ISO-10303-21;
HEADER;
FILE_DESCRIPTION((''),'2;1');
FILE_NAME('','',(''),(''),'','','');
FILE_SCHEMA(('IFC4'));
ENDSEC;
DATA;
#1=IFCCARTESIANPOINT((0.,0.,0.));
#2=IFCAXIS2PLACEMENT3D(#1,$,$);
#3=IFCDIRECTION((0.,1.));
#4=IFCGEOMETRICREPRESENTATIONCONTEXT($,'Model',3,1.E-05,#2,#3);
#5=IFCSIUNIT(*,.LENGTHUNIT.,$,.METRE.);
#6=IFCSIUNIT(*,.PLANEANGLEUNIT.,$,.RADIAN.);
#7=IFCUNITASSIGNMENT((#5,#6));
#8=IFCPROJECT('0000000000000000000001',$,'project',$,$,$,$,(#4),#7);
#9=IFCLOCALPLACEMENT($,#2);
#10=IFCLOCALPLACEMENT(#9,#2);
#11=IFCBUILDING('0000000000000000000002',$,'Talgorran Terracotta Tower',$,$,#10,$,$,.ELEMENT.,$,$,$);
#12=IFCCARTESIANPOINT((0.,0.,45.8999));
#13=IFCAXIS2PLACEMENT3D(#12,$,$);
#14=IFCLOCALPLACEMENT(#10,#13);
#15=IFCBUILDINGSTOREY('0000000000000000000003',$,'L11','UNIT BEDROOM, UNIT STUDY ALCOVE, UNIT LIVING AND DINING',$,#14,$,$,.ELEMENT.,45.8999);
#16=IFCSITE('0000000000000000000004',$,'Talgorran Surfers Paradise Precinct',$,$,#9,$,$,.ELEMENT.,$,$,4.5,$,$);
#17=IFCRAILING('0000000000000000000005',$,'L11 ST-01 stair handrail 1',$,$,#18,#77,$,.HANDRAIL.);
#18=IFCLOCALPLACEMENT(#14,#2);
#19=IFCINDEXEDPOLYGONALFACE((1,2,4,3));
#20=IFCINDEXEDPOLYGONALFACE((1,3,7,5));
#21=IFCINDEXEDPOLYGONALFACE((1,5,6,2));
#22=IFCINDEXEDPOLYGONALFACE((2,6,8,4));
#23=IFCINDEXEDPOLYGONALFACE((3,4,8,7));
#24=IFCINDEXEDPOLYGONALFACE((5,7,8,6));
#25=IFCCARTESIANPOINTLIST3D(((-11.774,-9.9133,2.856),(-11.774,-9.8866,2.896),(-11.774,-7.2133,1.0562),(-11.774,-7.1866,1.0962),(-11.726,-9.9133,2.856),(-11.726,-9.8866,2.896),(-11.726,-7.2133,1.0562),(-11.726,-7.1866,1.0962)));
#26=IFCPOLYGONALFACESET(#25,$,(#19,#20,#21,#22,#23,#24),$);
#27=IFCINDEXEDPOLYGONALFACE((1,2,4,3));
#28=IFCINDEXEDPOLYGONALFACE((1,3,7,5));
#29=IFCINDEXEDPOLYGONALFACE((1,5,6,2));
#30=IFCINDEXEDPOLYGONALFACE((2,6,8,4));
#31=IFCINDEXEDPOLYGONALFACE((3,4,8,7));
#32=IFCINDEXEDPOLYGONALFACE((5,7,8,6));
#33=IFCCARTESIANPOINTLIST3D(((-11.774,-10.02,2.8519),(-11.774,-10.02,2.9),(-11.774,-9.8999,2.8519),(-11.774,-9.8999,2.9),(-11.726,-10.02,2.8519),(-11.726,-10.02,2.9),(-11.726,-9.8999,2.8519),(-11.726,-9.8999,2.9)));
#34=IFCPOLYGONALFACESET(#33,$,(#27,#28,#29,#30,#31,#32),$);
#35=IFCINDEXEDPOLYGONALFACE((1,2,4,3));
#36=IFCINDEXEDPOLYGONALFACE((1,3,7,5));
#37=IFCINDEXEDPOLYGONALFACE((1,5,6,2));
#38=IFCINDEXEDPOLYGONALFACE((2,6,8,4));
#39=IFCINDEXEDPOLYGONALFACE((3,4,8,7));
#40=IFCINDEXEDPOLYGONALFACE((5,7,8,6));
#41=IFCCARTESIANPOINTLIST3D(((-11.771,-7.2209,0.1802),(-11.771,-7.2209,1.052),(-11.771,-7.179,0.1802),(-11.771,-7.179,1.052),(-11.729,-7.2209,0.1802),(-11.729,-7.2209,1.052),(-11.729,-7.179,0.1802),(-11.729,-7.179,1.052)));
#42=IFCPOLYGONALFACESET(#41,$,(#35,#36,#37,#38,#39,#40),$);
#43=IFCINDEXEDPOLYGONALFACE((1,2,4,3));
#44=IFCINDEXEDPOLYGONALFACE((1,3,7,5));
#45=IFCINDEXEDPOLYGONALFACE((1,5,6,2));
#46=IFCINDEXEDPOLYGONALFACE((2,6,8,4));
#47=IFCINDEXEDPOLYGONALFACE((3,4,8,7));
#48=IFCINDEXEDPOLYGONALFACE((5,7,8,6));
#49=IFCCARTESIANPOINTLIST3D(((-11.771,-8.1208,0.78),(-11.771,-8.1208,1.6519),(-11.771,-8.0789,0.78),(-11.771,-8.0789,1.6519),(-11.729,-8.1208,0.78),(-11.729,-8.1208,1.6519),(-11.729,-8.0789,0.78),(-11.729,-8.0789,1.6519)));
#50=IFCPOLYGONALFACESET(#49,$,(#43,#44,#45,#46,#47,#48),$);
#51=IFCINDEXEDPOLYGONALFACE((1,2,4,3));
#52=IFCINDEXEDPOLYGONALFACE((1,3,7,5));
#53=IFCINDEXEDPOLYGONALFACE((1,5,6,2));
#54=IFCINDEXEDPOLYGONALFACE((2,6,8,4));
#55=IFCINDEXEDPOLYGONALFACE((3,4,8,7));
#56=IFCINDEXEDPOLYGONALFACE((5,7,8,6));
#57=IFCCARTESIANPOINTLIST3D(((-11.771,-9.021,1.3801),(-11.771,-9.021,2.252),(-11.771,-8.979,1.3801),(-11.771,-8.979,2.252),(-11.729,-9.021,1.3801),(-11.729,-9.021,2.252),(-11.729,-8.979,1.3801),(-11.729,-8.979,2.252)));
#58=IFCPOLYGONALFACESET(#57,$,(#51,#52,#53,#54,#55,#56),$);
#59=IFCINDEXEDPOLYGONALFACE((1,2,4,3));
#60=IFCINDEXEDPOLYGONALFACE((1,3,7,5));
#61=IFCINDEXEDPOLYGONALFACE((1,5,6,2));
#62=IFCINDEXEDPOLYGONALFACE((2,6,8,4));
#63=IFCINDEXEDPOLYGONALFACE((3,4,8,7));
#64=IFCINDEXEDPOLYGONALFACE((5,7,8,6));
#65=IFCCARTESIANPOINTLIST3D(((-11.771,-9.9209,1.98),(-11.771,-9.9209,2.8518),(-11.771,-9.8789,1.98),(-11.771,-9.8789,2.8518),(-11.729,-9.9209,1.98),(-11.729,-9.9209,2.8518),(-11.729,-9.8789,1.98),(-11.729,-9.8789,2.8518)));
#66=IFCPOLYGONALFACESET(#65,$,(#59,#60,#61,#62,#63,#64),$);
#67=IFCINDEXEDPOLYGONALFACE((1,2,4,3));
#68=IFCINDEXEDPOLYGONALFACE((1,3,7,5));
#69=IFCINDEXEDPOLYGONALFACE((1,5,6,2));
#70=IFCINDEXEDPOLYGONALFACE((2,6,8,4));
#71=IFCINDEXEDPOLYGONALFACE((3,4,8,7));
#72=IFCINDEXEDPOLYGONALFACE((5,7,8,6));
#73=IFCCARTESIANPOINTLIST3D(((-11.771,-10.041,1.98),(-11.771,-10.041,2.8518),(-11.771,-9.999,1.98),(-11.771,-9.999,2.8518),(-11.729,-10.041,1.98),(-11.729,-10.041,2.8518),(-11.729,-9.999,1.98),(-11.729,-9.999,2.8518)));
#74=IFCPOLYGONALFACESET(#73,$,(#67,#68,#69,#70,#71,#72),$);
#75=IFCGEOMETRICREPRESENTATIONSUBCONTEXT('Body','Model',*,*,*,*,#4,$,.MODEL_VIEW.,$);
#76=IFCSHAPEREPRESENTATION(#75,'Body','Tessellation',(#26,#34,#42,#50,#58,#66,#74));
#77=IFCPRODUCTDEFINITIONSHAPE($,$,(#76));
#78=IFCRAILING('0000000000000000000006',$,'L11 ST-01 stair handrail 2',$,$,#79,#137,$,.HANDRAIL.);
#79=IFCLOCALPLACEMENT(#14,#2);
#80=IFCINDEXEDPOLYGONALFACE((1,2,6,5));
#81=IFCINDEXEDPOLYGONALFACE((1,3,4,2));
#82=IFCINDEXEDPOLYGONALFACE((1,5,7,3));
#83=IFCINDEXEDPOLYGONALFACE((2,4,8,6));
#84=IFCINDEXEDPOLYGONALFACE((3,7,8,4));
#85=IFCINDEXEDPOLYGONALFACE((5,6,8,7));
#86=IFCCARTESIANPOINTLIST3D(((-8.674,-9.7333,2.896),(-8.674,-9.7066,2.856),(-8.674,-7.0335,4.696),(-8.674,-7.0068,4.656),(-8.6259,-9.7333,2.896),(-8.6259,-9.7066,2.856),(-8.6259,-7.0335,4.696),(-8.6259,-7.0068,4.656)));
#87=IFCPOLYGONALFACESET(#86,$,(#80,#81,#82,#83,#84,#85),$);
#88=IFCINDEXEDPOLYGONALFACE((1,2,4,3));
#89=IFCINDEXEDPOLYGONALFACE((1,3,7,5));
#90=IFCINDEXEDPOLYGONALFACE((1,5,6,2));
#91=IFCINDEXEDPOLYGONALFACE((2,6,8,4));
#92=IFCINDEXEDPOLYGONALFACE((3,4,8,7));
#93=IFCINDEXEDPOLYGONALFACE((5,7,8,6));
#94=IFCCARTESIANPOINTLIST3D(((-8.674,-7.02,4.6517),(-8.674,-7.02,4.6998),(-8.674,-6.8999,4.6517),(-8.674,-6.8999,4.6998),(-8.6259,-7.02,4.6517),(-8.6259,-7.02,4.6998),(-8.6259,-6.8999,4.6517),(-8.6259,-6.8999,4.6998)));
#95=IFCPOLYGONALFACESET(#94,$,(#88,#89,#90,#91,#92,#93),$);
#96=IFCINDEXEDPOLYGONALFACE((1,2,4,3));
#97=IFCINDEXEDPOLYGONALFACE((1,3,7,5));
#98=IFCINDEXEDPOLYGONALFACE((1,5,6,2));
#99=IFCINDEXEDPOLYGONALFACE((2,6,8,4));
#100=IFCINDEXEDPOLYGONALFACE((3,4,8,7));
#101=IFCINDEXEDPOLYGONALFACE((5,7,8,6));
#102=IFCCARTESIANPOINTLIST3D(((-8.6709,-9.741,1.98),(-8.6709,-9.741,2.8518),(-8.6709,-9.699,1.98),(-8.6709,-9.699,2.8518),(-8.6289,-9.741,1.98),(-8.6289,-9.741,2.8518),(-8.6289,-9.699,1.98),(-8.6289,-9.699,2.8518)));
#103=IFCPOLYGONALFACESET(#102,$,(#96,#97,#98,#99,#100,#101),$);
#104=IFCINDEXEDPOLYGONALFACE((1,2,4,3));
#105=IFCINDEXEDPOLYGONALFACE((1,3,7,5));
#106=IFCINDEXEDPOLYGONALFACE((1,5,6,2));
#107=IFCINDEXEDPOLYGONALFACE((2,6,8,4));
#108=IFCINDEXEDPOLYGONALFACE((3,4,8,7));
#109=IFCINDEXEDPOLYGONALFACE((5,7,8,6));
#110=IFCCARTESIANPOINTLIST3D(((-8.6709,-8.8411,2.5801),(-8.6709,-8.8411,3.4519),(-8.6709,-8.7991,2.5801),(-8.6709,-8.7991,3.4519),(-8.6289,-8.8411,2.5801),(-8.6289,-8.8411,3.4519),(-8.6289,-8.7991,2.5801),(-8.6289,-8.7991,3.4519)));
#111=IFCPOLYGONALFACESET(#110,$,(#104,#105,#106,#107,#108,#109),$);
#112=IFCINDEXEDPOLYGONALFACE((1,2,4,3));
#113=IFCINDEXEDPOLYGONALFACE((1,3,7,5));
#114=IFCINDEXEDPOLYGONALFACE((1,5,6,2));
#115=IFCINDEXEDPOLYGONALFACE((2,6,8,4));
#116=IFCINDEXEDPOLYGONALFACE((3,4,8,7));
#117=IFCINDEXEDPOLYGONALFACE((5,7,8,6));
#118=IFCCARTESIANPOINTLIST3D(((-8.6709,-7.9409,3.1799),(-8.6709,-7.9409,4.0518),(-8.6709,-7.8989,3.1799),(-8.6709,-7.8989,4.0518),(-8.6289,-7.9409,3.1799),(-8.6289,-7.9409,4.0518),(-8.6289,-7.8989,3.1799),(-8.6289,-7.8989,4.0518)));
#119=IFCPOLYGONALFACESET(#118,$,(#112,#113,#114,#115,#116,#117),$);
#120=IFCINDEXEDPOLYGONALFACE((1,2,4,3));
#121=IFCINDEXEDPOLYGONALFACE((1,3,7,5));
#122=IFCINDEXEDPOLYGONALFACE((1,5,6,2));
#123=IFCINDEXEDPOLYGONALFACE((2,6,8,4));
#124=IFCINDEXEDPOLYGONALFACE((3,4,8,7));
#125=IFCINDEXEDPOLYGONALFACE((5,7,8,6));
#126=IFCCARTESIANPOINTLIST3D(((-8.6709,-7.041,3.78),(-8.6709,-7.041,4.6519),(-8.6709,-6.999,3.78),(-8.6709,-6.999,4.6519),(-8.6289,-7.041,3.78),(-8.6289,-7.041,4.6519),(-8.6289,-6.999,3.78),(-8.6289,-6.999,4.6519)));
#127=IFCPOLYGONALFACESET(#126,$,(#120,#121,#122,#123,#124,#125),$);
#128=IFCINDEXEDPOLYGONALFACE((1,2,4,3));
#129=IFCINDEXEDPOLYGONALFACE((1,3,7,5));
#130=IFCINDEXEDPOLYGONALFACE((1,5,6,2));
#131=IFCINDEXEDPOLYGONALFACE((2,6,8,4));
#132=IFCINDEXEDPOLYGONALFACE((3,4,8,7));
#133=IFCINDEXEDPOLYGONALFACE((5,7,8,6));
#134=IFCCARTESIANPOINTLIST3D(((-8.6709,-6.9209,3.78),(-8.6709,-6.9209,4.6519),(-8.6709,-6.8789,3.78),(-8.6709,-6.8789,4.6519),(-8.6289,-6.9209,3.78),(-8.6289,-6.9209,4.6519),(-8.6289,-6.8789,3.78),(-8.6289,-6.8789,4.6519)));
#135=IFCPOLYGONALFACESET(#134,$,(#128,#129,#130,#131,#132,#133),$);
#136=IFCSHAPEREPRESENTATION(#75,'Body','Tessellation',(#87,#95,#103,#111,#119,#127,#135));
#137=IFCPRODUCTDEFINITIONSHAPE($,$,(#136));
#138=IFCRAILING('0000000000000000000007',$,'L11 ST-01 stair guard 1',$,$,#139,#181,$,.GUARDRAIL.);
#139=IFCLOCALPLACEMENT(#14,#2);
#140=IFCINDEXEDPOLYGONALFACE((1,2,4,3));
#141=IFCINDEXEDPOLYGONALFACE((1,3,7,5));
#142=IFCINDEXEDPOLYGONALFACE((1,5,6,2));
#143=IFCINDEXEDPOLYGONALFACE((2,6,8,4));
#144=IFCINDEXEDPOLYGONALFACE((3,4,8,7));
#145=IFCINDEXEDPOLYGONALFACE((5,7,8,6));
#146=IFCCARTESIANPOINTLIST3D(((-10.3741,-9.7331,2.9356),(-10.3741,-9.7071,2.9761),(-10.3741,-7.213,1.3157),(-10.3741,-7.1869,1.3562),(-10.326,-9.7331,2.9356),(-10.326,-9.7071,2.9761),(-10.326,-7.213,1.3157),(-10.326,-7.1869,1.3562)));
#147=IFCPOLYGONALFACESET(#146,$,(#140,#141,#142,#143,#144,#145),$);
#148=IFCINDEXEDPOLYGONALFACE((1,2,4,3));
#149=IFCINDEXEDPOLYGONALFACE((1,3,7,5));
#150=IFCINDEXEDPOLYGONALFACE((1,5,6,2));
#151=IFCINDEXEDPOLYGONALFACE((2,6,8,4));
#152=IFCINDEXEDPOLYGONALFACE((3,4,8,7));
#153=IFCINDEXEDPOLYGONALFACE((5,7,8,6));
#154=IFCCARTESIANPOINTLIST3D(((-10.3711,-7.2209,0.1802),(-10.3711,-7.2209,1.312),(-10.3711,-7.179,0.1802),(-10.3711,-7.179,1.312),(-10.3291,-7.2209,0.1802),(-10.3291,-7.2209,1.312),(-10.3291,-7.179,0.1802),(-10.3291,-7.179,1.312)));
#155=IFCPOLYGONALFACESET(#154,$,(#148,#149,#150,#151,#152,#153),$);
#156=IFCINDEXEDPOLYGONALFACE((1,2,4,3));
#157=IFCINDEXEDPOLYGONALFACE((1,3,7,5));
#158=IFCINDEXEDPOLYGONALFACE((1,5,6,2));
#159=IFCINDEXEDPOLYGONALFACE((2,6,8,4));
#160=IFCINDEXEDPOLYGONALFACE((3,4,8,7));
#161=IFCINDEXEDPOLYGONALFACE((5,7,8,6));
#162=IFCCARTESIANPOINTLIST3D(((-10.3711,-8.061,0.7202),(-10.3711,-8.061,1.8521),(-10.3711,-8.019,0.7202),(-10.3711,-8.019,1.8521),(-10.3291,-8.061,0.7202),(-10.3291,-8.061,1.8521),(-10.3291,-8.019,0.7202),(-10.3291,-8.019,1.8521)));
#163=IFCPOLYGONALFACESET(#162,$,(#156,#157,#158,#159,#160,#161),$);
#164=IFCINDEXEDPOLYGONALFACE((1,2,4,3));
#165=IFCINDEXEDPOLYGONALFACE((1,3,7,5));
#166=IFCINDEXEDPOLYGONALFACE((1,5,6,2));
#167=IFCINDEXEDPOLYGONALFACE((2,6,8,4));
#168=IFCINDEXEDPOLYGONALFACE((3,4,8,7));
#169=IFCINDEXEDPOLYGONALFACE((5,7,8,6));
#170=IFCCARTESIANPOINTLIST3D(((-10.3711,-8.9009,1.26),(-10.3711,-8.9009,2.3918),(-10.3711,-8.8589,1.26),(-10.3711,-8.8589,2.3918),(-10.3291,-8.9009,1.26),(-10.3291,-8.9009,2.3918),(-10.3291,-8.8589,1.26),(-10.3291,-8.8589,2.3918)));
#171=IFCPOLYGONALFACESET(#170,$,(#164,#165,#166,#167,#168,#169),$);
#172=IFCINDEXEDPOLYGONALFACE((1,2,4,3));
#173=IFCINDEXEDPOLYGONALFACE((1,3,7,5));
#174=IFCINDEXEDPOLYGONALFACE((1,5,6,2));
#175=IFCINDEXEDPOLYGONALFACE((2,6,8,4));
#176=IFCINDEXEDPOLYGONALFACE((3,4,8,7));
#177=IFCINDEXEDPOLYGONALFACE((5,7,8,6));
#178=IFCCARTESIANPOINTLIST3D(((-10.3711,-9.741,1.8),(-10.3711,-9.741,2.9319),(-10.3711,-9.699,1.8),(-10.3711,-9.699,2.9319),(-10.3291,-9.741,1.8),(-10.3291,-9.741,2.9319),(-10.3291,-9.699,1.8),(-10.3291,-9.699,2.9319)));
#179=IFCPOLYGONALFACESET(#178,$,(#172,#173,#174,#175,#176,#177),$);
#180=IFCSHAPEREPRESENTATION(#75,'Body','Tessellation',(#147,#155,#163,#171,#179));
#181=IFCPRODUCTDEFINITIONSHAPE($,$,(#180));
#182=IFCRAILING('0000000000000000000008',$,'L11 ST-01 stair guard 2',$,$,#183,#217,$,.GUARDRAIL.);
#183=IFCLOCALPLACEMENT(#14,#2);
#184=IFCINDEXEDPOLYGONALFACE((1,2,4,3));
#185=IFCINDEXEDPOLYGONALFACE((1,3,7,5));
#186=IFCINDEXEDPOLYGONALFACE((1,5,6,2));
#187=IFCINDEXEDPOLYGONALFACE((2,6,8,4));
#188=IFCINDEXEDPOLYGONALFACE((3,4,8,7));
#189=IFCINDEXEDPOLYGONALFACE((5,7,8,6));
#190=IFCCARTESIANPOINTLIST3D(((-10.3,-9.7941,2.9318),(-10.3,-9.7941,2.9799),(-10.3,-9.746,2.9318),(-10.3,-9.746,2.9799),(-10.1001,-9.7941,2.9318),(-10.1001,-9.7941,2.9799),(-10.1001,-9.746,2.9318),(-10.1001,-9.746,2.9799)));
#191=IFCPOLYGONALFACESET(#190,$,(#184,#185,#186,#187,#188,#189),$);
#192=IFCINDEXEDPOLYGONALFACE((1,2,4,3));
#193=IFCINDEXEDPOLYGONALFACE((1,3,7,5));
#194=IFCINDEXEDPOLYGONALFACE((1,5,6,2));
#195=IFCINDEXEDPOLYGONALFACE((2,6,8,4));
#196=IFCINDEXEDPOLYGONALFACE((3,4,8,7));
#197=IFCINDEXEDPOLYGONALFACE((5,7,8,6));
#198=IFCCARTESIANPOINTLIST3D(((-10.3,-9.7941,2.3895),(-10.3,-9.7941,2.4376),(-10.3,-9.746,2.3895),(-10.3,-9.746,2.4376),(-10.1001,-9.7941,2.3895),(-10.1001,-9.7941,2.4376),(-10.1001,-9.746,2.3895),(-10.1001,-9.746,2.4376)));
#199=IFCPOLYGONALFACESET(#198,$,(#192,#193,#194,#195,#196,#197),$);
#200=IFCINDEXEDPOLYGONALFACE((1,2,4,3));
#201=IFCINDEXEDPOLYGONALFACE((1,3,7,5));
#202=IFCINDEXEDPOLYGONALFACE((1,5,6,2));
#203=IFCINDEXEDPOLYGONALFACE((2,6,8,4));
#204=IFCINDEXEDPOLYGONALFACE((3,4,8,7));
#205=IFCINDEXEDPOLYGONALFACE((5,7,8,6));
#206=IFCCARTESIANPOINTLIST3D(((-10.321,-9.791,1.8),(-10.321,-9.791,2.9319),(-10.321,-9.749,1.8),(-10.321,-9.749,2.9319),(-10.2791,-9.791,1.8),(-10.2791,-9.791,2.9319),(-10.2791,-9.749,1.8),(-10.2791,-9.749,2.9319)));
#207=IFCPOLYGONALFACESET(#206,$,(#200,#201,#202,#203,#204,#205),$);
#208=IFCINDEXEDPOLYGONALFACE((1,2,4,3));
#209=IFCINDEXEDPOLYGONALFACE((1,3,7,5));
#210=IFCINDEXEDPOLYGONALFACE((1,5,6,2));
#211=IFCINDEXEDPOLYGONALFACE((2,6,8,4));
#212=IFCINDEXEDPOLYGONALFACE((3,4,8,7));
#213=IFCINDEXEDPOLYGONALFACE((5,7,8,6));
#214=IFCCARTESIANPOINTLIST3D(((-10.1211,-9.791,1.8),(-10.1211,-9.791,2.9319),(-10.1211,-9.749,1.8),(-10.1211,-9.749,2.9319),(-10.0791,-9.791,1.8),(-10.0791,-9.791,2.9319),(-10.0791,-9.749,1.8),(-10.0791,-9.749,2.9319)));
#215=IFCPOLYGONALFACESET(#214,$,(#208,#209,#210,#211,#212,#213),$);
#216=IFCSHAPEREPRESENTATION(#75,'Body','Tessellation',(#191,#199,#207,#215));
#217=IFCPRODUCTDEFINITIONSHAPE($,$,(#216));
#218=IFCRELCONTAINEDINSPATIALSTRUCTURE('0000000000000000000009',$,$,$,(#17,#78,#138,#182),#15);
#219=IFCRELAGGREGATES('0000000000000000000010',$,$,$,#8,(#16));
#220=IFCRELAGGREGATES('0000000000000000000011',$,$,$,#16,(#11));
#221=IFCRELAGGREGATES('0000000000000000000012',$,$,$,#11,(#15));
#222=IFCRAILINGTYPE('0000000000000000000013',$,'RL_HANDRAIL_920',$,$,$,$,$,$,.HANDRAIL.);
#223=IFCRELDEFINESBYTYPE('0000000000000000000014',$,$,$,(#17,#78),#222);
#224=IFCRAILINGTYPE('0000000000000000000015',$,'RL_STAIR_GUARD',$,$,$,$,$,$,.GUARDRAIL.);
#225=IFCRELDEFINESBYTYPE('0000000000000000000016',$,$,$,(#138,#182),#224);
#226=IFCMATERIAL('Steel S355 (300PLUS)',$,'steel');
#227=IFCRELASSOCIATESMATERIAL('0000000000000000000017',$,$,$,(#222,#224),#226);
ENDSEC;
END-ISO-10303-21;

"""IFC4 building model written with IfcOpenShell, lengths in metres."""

from ifc_helpers import new_model, si_unit, direction, frame, origin, origin_2d, place, context, subcontext, project, spatial, rectangle, extrude, material, type_object, element, save


model = new_model("IFC4")

# Units and contexts
model_context = context("Model", 3, precision=1e-05, world=origin(), true_north=direction((0.0, 1.0)))
body_context = subcontext(model_context, "Body", "Model", "MODEL_VIEW")
ifc_project = project(units=[si_unit("LENGTHUNIT", "METRE"), si_unit("PLANEANGLEUNIT", "RADIAN")], contexts=[model_context])

# Site, building, storey
site_placement = place(None, origin())
site = spatial("IfcSite", under=ifc_project, at=site_placement, Name="Talgorran Surfers Paradise Precinct", CompositionType="ELEMENT", RefElevation=4.5)
building_placement = place(site_placement, origin())
building = spatial("IfcBuilding", under=site, at=building_placement, Name="Talgorran Terracotta Tower", CompositionType="ELEMENT")
storey_placement = place(building_placement, frame((0.0, 0.0, 45.8999)))
storey = spatial("IfcBuildingStorey", under=building, at=storey_placement, Name="L11", Description="UNIT BEDROOM, UNIT STUDY ALCOVE, UNIT LIVING AND DINING", CompositionType="ELEMENT", Elevation=45.8999)

# Railings
ifc_material_1 = material(Name="Steel S355 (300PLUS)", Category="steel")
railing_type_1 = type_object("IfcRailingType", Name="RL_HANDRAIL_920", PredefinedType="HANDRAIL", material=ifc_material_1)
railing_1_placement = place(storey_placement, frame((-11.75, -7.2, 0.1802)))
element("IfcRailing", 1, at=railing_1_placement, inside=storey, type_object=railing_type_1, Name="L11 ST-01 stair handrail 1", PredefinedType="HANDRAIL", context=body_context, shape_type="SweptSolid", body=[
    extrude(rectangle(XDim=0.0481, YDim=0.0481, at=origin_2d()), frame((0.0, 0.0, 0.896), z_axis=(0.0, -0.832073, 0.554665), x_axis=(1.0, 0.0, 0.0)), (0.0, 0.0, 1.0), 3.2449),
    extrude(rectangle(XDim=0.0481, YDim=0.0481, at=origin_2d()), frame((0.0, -2.7, 2.6958), z_axis=(0.0, -1.0, 0.0), x_axis=(1.0, 0.0, 0.0)), (0.0, 0.0, 1.0), 0.1201),
    extrude(rectangle(XDim=0.042, YDim=0.042, at=origin_2d()), origin(), (0.0, 0.0, 1.0), 0.8718),
    extrude(rectangle(XDim=0.042, YDim=0.042, at=origin_2d()), frame((0.0, -0.8999, 0.5999)), (0.0, 0.0, 1.0), 0.8718),
    extrude(rectangle(XDim=0.042, YDim=0.042, at=origin_2d()), frame((0.0, -1.8, 1.2)), (0.0, 0.0, 1.0), 0.8718),
    extrude(rectangle(XDim=0.042, YDim=0.042, at=origin_2d()), frame((0.0, -2.7, 1.7998)), (0.0, 0.0, 1.0), 0.8718),
    extrude(rectangle(XDim=0.042, YDim=0.042, at=origin_2d()), frame((0.0, -2.8201, 1.7998)), (0.0, 0.0, 1.0), 0.8718),
])
railing_2_placement = place(storey_placement, frame((-8.6499, -9.72, 1.98)))
element("IfcRailing", 2, at=railing_2_placement, inside=storey, type_object=railing_type_1, Name="L11 ST-01 stair handrail 2", PredefinedType="HANDRAIL", context=body_context, shape_type="SweptSolid", body=[
    extrude(rectangle(XDim=0.0481, YDim=0.0481, at=origin_2d()), frame((0.0, 0.0, 0.896), z_axis=(0.0, 0.832039, 0.554718), x_axis=(-1.0, 0.0, 0.0)), (0.0, 0.0, 1.0), 3.2449),
    extrude(rectangle(XDim=0.0481, YDim=0.0481, at=origin_2d()), frame((0.0, 2.7, 2.6958), z_axis=(0.0, 1.0, 0.0), x_axis=(-1.0, 0.0, 0.0)), (0.0, 0.0, 1.0), 0.1201),
    extrude(rectangle(XDim=0.042, YDim=0.042, at=origin_2d()), origin(), (0.0, 0.0, 1.0), 0.8718),
    extrude(rectangle(XDim=0.042, YDim=0.042, at=origin_2d()), frame((0.0, 0.8999, 0.6001)), (0.0, 0.0, 1.0), 0.8718),
    extrude(rectangle(XDim=0.042, YDim=0.042, at=origin_2d()), frame((0.0, 1.8, 1.2)), (0.0, 0.0, 1.0), 0.8718),
    extrude(rectangle(XDim=0.042, YDim=0.042, at=origin_2d()), frame((0.0, 2.7, 1.8)), (0.0, 0.0, 1.0), 0.8718),
    extrude(rectangle(XDim=0.042, YDim=0.042, at=origin_2d()), frame((0.0, 2.8201, 1.8)), (0.0, 0.0, 1.0), 0.8718),
])
railing_type_2 = type_object("IfcRailingType", Name="RL_STAIR_GUARD", PredefinedType="GUARDRAIL", material=ifc_material_1)
railing_3_placement = place(storey_placement, frame((-10.3501, -7.2, 0.1802)))
element("IfcRailing", 3, at=railing_3_placement, inside=storey, type_object=railing_type_2, Name="L11 ST-01 stair guard 1", PredefinedType="GUARDRAIL", context=body_context, shape_type="SweptSolid", body=[
    extrude(rectangle(XDim=0.0481, YDim=0.0481, at=origin_2d()), frame((0.0, 0.0, 1.1558), z_axis=(0.0, -0.8412, 0.540725), x_axis=(1.0, 0.0, 0.0)), (0.0, 0.0, 1.0), 2.9958),
    extrude(rectangle(XDim=0.042, YDim=0.042, at=origin_2d()), origin(), (0.0, 0.0, 1.0), 1.1318),
    extrude(rectangle(XDim=0.042, YDim=0.042, at=origin_2d()), frame((0.0, -0.8401, 0.54)), (0.0, 0.0, 1.0), 1.1318),
    extrude(rectangle(XDim=0.042, YDim=0.042, at=origin_2d()), frame((0.0, -1.6799, 1.0798)), (0.0, 0.0, 1.0), 1.1318),
    extrude(rectangle(XDim=0.042, YDim=0.042, at=origin_2d()), frame((0.0, -2.52, 1.6199)), (0.0, 0.0, 1.0), 1.1318),
])
railing_4_placement = place(storey_placement, frame((-10.3, -9.77, 1.8)))
element("IfcRailing", 4, at=railing_4_placement, inside=storey, type_object=railing_type_2, Name="L11 ST-01 stair guard 2", PredefinedType="GUARDRAIL", context=body_context, shape_type="SweptSolid", body=[
    extrude(rectangle(XDim=0.0481, YDim=0.0481, at=origin_2d()), frame((0.0, 0.0, 1.1558), z_axis=(1.0, 0.0, 0.0), x_axis=(0.0, 1.0, 0.0)), (0.0, 0.0, 1.0), 0.2),
    extrude(rectangle(XDim=0.0481, YDim=0.0481, at=origin_2d()), frame((0.0, 0.0, 0.6135), z_axis=(1.0, 0.0, 0.0), x_axis=(0.0, 1.0, 0.0)), (0.0, 0.0, 1.0), 0.2),
    extrude(rectangle(XDim=0.042, YDim=0.042, at=origin_2d()), origin(), (0.0, 0.0, 1.0), 1.1318),
    extrude(rectangle(XDim=0.042, YDim=0.042, at=origin_2d()), frame((0.2, 0.0, 0.0)), (0.0, 0.0, 1.0), 1.1318),
])

save(model, "model.ifc")
